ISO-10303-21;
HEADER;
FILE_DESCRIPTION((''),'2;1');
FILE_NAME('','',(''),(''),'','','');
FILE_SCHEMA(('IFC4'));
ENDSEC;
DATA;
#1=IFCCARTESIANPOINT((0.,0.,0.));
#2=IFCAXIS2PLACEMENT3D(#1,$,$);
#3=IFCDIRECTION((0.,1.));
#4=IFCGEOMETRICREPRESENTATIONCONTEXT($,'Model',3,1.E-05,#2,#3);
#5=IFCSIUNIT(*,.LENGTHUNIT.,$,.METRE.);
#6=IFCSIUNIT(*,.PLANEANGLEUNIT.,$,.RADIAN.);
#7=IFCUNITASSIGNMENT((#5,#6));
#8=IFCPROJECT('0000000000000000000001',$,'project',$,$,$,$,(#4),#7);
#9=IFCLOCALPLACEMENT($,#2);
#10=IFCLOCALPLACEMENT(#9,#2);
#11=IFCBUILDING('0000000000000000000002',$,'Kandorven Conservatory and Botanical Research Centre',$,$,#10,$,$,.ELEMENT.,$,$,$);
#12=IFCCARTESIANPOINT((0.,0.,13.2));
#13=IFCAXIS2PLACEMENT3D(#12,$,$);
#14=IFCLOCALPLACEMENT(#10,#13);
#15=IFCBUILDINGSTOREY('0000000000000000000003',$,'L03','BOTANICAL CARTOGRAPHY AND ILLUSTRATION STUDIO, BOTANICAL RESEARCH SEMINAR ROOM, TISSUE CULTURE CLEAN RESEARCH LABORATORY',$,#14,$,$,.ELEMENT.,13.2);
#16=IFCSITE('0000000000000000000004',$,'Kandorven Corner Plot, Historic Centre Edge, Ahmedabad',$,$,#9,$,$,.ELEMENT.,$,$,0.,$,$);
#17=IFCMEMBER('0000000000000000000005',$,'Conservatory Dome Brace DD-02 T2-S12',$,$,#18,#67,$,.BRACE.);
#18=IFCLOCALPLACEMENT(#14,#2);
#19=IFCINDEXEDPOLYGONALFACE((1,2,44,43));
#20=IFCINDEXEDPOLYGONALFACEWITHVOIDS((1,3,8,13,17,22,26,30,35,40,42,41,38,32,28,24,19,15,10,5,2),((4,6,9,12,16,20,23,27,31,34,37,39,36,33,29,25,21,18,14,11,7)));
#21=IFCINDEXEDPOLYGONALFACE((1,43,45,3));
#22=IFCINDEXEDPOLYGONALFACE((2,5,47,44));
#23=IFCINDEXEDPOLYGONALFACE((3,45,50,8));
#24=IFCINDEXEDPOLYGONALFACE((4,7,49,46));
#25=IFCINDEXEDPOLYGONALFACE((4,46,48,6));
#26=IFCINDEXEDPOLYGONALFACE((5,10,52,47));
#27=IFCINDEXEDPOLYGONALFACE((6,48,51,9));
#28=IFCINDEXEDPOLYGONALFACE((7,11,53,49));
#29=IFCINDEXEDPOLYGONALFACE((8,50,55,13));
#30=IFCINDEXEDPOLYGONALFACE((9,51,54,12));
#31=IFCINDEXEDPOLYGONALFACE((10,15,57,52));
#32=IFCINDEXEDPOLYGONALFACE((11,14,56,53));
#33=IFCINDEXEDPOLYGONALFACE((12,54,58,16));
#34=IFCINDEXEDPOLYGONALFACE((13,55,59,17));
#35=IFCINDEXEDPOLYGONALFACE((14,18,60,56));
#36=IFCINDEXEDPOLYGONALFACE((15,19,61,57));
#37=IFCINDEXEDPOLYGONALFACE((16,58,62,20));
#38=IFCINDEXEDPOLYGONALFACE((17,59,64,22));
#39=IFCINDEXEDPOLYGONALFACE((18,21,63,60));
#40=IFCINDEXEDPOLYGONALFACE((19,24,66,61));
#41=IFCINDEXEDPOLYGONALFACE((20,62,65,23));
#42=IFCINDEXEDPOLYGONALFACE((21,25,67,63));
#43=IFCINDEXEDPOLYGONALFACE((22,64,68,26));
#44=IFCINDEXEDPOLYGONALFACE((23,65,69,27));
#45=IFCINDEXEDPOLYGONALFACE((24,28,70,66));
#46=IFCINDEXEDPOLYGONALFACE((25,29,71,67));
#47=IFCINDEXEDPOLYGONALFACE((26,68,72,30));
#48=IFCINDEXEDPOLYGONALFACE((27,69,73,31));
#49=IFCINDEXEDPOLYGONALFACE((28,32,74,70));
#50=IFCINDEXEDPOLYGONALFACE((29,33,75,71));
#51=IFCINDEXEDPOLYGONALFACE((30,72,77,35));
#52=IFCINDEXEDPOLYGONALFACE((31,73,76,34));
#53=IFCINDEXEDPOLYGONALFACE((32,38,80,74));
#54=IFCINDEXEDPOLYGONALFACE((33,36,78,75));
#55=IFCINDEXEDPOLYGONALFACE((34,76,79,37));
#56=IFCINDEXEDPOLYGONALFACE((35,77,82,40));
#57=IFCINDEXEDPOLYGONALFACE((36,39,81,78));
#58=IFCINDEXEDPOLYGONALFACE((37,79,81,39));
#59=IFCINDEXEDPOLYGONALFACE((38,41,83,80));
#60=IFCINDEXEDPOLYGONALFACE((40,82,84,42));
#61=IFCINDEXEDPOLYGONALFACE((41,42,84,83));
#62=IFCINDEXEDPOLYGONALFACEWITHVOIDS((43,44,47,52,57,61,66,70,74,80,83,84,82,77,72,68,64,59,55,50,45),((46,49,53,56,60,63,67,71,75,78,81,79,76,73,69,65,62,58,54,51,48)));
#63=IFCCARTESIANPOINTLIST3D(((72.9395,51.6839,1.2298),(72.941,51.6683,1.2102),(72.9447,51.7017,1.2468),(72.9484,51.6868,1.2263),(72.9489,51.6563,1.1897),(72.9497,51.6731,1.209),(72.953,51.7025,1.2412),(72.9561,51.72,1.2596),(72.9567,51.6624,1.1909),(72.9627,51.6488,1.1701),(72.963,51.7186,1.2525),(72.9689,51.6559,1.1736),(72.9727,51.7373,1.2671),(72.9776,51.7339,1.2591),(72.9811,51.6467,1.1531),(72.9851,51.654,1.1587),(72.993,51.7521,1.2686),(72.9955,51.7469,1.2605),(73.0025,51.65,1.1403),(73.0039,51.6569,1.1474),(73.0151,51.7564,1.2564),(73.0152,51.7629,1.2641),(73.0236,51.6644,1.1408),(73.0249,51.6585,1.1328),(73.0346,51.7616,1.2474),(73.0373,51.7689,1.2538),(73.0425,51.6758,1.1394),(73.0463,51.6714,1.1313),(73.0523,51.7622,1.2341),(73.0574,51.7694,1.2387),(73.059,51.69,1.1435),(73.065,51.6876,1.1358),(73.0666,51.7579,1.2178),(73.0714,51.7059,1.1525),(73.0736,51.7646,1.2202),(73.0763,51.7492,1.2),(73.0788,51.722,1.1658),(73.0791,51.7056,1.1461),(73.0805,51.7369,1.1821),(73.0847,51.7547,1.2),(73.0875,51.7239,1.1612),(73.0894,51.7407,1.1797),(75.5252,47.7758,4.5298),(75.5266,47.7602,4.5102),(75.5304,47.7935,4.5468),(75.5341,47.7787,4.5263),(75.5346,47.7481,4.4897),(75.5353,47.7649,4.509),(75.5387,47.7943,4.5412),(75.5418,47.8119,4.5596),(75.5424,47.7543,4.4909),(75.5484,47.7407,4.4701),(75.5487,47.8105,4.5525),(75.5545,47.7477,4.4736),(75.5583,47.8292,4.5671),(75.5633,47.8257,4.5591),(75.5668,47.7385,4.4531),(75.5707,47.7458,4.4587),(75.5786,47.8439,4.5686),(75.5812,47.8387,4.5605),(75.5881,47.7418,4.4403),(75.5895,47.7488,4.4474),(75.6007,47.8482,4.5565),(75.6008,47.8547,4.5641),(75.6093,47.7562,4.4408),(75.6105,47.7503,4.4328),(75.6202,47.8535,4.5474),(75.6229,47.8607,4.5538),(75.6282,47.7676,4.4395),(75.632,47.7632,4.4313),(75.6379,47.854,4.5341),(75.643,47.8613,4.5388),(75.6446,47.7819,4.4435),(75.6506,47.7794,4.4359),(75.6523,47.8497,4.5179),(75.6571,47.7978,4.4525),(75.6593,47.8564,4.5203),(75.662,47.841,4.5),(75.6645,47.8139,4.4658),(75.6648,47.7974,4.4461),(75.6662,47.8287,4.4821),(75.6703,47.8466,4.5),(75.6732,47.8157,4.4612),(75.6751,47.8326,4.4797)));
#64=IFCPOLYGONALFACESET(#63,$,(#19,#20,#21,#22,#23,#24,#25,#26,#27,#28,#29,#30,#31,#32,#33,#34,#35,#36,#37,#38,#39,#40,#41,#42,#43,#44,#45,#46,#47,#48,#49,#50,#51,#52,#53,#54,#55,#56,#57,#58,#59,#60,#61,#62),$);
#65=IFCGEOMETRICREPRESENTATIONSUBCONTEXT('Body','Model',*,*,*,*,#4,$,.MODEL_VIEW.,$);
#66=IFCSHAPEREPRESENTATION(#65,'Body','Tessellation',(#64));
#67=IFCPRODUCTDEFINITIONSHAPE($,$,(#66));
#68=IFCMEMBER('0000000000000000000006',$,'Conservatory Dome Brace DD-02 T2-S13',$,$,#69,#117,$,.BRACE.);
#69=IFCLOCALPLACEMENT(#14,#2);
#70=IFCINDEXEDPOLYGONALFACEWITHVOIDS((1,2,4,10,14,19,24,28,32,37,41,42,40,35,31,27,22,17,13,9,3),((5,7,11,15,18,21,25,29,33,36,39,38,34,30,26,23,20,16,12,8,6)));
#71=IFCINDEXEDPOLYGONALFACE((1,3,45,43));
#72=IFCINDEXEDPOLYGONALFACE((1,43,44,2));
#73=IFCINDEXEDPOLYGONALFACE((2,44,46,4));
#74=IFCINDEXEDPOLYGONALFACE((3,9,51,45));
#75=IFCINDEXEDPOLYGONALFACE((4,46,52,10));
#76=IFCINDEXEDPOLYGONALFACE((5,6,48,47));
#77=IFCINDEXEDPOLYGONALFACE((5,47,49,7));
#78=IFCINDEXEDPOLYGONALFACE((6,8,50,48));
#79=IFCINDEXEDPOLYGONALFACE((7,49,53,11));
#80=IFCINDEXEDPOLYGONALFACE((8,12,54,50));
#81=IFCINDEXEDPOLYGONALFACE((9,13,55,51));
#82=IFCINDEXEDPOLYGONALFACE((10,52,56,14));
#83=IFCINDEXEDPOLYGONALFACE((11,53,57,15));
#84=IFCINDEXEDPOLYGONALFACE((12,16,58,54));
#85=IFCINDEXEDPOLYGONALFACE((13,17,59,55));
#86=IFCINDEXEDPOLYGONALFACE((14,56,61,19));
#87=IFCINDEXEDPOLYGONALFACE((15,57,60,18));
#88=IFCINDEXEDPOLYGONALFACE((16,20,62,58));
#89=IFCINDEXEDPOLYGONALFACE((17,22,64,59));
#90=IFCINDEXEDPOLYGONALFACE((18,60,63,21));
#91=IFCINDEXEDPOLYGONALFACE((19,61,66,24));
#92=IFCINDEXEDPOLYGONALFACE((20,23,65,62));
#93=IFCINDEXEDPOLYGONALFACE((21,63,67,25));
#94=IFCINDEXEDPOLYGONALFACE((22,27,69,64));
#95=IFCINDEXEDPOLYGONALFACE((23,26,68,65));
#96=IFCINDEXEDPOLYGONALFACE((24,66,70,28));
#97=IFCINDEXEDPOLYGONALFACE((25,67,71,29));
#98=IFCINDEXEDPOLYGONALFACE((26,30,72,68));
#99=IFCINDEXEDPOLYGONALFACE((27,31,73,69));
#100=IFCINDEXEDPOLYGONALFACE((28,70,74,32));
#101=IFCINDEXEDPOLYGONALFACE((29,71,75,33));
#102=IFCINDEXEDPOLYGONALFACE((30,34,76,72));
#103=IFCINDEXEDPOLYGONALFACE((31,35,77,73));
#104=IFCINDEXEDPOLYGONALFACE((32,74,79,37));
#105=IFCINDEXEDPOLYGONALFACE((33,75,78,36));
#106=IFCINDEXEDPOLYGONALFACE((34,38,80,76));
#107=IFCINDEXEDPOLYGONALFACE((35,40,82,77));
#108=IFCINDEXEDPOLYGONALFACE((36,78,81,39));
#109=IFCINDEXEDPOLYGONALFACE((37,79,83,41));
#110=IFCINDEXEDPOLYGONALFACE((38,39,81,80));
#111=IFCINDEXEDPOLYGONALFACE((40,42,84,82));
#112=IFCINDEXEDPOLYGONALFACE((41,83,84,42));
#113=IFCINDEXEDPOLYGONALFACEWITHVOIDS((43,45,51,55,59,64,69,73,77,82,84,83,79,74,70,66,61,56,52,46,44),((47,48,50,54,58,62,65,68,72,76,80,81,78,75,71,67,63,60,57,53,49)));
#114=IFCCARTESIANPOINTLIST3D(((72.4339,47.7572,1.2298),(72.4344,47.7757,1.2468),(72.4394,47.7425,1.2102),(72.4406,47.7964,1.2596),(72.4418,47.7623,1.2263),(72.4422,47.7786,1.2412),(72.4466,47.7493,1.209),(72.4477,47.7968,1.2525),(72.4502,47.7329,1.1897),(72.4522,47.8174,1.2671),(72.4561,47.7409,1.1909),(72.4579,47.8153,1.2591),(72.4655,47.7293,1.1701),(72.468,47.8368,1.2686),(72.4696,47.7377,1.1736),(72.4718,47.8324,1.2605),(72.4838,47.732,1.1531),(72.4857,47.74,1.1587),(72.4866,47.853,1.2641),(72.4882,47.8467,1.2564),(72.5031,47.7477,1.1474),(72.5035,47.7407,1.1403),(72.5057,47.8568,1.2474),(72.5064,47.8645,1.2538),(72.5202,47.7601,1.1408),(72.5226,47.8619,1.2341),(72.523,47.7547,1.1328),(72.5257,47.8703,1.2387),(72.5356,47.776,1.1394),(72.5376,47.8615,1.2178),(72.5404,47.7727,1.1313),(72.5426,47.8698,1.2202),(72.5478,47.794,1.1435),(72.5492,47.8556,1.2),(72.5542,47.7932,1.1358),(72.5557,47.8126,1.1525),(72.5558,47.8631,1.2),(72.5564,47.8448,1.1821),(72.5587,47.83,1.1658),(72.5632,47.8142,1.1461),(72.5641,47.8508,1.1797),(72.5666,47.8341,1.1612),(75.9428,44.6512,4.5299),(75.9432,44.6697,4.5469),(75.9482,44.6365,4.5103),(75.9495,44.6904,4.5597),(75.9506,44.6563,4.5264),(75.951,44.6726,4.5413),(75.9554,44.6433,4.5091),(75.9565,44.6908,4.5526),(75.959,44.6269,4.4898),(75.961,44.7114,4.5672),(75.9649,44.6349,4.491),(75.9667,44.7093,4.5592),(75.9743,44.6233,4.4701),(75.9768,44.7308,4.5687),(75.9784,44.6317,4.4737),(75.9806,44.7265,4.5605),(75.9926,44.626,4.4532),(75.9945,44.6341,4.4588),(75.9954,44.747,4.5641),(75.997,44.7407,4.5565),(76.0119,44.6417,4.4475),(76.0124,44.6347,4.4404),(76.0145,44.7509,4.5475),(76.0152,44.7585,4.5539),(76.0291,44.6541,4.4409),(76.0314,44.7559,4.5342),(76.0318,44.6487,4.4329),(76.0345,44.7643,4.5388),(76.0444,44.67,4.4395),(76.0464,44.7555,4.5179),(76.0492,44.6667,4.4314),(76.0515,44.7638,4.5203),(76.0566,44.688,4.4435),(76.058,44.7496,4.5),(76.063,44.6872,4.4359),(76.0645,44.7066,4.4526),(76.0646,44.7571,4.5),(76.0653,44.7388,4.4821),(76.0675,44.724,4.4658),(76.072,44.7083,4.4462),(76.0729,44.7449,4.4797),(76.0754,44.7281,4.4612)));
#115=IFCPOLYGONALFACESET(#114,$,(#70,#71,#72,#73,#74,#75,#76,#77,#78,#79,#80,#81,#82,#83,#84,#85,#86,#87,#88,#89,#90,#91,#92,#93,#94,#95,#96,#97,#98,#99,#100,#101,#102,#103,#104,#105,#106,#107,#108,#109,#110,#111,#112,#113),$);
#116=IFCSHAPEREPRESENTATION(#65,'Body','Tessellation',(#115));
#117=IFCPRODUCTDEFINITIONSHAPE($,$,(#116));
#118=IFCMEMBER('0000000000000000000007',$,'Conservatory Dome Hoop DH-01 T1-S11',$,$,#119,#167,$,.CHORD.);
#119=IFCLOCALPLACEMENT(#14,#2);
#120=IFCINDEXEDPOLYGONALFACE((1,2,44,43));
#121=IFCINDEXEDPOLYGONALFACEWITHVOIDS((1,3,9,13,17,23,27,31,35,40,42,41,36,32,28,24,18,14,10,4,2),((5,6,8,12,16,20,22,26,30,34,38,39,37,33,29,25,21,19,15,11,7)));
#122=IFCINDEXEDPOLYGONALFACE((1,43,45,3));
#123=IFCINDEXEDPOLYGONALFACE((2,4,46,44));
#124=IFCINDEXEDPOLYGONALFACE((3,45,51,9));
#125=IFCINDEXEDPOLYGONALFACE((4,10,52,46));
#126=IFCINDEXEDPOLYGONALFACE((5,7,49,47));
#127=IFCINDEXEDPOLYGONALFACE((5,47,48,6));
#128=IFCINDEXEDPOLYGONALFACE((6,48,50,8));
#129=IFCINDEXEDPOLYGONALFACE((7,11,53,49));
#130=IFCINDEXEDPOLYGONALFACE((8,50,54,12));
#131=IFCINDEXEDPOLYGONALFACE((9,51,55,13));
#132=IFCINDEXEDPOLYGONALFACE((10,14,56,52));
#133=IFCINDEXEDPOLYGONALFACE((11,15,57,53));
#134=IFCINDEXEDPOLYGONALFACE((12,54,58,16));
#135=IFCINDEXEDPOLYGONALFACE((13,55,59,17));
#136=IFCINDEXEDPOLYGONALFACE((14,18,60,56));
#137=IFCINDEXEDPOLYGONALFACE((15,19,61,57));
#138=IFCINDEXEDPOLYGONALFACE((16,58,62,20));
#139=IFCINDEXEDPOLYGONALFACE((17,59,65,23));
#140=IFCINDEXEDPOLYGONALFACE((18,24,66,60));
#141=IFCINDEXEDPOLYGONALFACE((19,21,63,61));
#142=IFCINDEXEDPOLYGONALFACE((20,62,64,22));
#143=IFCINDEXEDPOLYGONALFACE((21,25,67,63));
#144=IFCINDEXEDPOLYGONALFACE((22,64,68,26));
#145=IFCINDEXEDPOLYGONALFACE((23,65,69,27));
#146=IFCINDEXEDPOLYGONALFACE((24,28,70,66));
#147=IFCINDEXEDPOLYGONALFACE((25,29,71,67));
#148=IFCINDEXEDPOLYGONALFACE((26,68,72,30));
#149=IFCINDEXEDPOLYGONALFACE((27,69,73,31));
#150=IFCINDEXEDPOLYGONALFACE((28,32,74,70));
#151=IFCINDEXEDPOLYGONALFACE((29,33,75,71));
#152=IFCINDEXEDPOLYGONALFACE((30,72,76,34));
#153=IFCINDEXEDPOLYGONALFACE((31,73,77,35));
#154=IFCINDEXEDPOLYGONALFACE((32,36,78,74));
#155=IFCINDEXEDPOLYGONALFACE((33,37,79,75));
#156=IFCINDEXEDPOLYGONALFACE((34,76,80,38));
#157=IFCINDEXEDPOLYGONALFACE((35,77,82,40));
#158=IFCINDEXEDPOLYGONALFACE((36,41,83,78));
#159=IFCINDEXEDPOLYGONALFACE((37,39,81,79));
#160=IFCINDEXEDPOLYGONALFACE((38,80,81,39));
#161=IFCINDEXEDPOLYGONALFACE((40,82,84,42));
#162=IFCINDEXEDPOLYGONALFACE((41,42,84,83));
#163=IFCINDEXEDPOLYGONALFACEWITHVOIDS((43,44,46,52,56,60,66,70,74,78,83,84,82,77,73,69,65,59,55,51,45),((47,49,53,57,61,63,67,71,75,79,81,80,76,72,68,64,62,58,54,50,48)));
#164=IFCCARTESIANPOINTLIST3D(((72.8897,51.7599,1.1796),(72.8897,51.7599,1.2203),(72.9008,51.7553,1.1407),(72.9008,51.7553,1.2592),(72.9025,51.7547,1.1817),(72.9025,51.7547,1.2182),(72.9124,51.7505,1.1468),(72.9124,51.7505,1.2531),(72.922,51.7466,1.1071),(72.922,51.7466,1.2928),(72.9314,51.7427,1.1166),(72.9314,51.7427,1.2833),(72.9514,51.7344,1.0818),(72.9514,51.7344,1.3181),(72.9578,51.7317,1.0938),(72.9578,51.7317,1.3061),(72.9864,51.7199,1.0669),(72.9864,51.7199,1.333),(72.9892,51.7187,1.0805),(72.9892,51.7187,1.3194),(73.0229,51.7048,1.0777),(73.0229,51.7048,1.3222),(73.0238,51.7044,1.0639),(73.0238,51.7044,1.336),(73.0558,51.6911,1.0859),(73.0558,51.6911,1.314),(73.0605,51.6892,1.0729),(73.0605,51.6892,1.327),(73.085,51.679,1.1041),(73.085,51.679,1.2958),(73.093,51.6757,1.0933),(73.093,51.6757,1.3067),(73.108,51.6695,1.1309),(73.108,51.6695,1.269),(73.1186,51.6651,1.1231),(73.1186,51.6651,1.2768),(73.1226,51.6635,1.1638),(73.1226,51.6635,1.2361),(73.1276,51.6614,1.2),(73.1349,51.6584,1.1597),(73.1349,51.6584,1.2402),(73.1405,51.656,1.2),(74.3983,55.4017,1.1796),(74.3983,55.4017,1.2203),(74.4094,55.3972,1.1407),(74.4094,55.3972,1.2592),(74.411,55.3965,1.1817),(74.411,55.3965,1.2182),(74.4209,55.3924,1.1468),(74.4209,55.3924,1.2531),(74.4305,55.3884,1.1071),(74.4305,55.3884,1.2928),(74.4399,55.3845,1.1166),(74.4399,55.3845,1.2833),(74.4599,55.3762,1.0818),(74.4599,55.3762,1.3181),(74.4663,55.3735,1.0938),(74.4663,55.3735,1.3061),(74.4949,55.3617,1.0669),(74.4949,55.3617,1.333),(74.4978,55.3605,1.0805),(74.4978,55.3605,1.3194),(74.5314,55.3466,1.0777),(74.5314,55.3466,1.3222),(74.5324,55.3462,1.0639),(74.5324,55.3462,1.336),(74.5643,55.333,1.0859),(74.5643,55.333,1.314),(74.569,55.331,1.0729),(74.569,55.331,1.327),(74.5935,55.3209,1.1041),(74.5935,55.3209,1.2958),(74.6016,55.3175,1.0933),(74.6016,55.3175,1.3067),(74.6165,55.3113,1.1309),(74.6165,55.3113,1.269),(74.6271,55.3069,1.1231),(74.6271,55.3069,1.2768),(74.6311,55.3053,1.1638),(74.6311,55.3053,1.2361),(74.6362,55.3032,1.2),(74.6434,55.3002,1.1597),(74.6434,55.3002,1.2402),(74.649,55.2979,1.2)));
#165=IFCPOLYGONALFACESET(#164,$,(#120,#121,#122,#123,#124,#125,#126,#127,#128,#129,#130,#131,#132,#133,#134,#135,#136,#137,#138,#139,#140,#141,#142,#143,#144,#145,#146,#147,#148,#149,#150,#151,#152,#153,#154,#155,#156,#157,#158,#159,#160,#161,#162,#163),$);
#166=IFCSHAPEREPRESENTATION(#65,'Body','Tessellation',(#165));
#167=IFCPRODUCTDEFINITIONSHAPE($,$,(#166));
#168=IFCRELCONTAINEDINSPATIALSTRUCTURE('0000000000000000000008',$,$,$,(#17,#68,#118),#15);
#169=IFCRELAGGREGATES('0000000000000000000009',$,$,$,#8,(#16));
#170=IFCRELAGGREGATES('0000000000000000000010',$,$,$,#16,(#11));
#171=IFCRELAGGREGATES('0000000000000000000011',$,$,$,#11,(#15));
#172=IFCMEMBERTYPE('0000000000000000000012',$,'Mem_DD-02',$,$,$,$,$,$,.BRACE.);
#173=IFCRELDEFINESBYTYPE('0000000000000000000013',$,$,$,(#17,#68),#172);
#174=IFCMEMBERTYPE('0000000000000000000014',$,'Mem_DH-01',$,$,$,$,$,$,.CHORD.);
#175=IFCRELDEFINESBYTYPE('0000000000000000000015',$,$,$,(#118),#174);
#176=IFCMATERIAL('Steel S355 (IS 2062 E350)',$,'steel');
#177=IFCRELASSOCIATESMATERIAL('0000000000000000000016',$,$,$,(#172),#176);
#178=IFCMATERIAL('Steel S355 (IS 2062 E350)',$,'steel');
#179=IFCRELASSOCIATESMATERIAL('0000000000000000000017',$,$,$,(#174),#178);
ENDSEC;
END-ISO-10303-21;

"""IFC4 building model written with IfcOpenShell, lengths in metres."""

from ifc_helpers import new_model, si_unit, direction, frame, origin, origin_2d, place, context, subcontext, project, spatial, hollow_circle, extrude, material, material_profile, profile_set, type_object, element, save


model = new_model("IFC4")

# Units and contexts
model_context = context("Model", 3, precision=1e-05, world=origin(), true_north=direction((0.0, 1.0)))
body_context = subcontext(model_context, "Body", "Model", "MODEL_VIEW")
ifc_project = project(units=[si_unit("LENGTHUNIT", "METRE"), si_unit("PLANEANGLEUNIT", "RADIAN")], contexts=[model_context])

# Site, building, storey
site_placement = place(None, origin())
site = spatial("IfcSite", under=ifc_project, at=site_placement, Name="Kandorven Corner Plot, Historic Centre Edge, Ahmedabad", CompositionType="ELEMENT", RefElevation=0.0)
building_placement = place(site_placement, origin())
building = spatial("IfcBuilding", under=site, at=building_placement, Name="Kandorven Conservatory and Botanical Research Centre", CompositionType="ELEMENT")
storey_placement = place(building_placement, frame((0.0, 0.0, 13.2)))
storey = spatial("IfcBuildingStorey", under=building, at=storey_placement, Name="L03", Description="BOTANICAL CARTOGRAPHY AND ILLUSTRATION STUDIO, BOTANICAL RESEARCH SEMINAR ROOM, TISSUE CULTURE CLEAN RESEARCH LABORATORY", CompositionType="ELEMENT", Elevation=13.2)

# Members
ifc_material_1 = material(Name="Steel S355 (IS 2062 E350)", Category="steel")
ifc_material_profile_1 = material_profile(ifc_material_1, hollow_circle(Radius=0.0842, WallThickness=0.01, at=origin_2d()))
ifc_profile_set_1 = profile_set([ifc_material_profile_1], Name="Steel S355 (IS 2062 E350)")
member_type_1 = type_object("IfcMemberType", Name="Mem_DD-02", PredefinedType="BRACE", material=ifc_profile_set_1)
for number, where, z_axis, x_axis, name in (
    (1, (73.0144, 51.7083, 1.2), (0.451137, -0.68188, 0.575773), (0.833993, 0.551775, 0.0), "Conservatory Dome Brace DD-02 T2-S12"),
    (2, (72.5, 47.8, 1.2), (0.612205, -0.54192, 0.575785), (0.662817, 0.748782, 0.0), "Conservatory Dome Brace DD-02 T2-S13"),
):
    element("IfcMember", number, at=place(storey_placement, frame(where, z_axis=z_axis, x_axis=x_axis)), inside=storey, type_object=member_type_1, Name=name, PredefinedType="BRACE", context=body_context, shape_type="SweptSolid", body=[
        extrude(hollow_circle(Radius=0.0842, WallThickness=0.01, at=origin_2d()), origin(), (0.0, 0.0, 1.0), 5.7314),
    ])
ifc_material_2 = material(Name="Steel S355 (IS 2062 E350)", Category="steel")
ifc_material_profile_2 = material_profile(ifc_material_2, hollow_circle(Radius=0.1365, WallThickness=0.0139, at=origin_2d()))
ifc_profile_set_2 = profile_set([ifc_material_profile_2], Name="Steel S355 (IS 2062 E350)")
member_type_2 = type_object("IfcMemberType", Name="Mem_DH-01", PredefinedType="CHORD", material=ifc_profile_set_2)
for number, where, z_axis, x_axis, name in (
    (3, (74.5229, 55.3501, 1.2), (-0.382693, -0.923876, 0.0), (0.923876, -0.382693, 0.0), "Conservatory Dome Hoop DH-01 T1-S11"),
):
    element("IfcMember", number, at=place(storey_placement, frame(where, z_axis=z_axis, x_axis=x_axis)), inside=storey, type_object=member_type_2, Name=name, PredefinedType="CHORD", context=body_context, shape_type="SweptSolid", body=[
        extrude(hollow_circle(Radius=0.1365, WallThickness=0.0139, at=origin_2d()), origin(), (0.0, 0.0, 1.0), 3.9419),
    ])

save(model, "model.ifc")
